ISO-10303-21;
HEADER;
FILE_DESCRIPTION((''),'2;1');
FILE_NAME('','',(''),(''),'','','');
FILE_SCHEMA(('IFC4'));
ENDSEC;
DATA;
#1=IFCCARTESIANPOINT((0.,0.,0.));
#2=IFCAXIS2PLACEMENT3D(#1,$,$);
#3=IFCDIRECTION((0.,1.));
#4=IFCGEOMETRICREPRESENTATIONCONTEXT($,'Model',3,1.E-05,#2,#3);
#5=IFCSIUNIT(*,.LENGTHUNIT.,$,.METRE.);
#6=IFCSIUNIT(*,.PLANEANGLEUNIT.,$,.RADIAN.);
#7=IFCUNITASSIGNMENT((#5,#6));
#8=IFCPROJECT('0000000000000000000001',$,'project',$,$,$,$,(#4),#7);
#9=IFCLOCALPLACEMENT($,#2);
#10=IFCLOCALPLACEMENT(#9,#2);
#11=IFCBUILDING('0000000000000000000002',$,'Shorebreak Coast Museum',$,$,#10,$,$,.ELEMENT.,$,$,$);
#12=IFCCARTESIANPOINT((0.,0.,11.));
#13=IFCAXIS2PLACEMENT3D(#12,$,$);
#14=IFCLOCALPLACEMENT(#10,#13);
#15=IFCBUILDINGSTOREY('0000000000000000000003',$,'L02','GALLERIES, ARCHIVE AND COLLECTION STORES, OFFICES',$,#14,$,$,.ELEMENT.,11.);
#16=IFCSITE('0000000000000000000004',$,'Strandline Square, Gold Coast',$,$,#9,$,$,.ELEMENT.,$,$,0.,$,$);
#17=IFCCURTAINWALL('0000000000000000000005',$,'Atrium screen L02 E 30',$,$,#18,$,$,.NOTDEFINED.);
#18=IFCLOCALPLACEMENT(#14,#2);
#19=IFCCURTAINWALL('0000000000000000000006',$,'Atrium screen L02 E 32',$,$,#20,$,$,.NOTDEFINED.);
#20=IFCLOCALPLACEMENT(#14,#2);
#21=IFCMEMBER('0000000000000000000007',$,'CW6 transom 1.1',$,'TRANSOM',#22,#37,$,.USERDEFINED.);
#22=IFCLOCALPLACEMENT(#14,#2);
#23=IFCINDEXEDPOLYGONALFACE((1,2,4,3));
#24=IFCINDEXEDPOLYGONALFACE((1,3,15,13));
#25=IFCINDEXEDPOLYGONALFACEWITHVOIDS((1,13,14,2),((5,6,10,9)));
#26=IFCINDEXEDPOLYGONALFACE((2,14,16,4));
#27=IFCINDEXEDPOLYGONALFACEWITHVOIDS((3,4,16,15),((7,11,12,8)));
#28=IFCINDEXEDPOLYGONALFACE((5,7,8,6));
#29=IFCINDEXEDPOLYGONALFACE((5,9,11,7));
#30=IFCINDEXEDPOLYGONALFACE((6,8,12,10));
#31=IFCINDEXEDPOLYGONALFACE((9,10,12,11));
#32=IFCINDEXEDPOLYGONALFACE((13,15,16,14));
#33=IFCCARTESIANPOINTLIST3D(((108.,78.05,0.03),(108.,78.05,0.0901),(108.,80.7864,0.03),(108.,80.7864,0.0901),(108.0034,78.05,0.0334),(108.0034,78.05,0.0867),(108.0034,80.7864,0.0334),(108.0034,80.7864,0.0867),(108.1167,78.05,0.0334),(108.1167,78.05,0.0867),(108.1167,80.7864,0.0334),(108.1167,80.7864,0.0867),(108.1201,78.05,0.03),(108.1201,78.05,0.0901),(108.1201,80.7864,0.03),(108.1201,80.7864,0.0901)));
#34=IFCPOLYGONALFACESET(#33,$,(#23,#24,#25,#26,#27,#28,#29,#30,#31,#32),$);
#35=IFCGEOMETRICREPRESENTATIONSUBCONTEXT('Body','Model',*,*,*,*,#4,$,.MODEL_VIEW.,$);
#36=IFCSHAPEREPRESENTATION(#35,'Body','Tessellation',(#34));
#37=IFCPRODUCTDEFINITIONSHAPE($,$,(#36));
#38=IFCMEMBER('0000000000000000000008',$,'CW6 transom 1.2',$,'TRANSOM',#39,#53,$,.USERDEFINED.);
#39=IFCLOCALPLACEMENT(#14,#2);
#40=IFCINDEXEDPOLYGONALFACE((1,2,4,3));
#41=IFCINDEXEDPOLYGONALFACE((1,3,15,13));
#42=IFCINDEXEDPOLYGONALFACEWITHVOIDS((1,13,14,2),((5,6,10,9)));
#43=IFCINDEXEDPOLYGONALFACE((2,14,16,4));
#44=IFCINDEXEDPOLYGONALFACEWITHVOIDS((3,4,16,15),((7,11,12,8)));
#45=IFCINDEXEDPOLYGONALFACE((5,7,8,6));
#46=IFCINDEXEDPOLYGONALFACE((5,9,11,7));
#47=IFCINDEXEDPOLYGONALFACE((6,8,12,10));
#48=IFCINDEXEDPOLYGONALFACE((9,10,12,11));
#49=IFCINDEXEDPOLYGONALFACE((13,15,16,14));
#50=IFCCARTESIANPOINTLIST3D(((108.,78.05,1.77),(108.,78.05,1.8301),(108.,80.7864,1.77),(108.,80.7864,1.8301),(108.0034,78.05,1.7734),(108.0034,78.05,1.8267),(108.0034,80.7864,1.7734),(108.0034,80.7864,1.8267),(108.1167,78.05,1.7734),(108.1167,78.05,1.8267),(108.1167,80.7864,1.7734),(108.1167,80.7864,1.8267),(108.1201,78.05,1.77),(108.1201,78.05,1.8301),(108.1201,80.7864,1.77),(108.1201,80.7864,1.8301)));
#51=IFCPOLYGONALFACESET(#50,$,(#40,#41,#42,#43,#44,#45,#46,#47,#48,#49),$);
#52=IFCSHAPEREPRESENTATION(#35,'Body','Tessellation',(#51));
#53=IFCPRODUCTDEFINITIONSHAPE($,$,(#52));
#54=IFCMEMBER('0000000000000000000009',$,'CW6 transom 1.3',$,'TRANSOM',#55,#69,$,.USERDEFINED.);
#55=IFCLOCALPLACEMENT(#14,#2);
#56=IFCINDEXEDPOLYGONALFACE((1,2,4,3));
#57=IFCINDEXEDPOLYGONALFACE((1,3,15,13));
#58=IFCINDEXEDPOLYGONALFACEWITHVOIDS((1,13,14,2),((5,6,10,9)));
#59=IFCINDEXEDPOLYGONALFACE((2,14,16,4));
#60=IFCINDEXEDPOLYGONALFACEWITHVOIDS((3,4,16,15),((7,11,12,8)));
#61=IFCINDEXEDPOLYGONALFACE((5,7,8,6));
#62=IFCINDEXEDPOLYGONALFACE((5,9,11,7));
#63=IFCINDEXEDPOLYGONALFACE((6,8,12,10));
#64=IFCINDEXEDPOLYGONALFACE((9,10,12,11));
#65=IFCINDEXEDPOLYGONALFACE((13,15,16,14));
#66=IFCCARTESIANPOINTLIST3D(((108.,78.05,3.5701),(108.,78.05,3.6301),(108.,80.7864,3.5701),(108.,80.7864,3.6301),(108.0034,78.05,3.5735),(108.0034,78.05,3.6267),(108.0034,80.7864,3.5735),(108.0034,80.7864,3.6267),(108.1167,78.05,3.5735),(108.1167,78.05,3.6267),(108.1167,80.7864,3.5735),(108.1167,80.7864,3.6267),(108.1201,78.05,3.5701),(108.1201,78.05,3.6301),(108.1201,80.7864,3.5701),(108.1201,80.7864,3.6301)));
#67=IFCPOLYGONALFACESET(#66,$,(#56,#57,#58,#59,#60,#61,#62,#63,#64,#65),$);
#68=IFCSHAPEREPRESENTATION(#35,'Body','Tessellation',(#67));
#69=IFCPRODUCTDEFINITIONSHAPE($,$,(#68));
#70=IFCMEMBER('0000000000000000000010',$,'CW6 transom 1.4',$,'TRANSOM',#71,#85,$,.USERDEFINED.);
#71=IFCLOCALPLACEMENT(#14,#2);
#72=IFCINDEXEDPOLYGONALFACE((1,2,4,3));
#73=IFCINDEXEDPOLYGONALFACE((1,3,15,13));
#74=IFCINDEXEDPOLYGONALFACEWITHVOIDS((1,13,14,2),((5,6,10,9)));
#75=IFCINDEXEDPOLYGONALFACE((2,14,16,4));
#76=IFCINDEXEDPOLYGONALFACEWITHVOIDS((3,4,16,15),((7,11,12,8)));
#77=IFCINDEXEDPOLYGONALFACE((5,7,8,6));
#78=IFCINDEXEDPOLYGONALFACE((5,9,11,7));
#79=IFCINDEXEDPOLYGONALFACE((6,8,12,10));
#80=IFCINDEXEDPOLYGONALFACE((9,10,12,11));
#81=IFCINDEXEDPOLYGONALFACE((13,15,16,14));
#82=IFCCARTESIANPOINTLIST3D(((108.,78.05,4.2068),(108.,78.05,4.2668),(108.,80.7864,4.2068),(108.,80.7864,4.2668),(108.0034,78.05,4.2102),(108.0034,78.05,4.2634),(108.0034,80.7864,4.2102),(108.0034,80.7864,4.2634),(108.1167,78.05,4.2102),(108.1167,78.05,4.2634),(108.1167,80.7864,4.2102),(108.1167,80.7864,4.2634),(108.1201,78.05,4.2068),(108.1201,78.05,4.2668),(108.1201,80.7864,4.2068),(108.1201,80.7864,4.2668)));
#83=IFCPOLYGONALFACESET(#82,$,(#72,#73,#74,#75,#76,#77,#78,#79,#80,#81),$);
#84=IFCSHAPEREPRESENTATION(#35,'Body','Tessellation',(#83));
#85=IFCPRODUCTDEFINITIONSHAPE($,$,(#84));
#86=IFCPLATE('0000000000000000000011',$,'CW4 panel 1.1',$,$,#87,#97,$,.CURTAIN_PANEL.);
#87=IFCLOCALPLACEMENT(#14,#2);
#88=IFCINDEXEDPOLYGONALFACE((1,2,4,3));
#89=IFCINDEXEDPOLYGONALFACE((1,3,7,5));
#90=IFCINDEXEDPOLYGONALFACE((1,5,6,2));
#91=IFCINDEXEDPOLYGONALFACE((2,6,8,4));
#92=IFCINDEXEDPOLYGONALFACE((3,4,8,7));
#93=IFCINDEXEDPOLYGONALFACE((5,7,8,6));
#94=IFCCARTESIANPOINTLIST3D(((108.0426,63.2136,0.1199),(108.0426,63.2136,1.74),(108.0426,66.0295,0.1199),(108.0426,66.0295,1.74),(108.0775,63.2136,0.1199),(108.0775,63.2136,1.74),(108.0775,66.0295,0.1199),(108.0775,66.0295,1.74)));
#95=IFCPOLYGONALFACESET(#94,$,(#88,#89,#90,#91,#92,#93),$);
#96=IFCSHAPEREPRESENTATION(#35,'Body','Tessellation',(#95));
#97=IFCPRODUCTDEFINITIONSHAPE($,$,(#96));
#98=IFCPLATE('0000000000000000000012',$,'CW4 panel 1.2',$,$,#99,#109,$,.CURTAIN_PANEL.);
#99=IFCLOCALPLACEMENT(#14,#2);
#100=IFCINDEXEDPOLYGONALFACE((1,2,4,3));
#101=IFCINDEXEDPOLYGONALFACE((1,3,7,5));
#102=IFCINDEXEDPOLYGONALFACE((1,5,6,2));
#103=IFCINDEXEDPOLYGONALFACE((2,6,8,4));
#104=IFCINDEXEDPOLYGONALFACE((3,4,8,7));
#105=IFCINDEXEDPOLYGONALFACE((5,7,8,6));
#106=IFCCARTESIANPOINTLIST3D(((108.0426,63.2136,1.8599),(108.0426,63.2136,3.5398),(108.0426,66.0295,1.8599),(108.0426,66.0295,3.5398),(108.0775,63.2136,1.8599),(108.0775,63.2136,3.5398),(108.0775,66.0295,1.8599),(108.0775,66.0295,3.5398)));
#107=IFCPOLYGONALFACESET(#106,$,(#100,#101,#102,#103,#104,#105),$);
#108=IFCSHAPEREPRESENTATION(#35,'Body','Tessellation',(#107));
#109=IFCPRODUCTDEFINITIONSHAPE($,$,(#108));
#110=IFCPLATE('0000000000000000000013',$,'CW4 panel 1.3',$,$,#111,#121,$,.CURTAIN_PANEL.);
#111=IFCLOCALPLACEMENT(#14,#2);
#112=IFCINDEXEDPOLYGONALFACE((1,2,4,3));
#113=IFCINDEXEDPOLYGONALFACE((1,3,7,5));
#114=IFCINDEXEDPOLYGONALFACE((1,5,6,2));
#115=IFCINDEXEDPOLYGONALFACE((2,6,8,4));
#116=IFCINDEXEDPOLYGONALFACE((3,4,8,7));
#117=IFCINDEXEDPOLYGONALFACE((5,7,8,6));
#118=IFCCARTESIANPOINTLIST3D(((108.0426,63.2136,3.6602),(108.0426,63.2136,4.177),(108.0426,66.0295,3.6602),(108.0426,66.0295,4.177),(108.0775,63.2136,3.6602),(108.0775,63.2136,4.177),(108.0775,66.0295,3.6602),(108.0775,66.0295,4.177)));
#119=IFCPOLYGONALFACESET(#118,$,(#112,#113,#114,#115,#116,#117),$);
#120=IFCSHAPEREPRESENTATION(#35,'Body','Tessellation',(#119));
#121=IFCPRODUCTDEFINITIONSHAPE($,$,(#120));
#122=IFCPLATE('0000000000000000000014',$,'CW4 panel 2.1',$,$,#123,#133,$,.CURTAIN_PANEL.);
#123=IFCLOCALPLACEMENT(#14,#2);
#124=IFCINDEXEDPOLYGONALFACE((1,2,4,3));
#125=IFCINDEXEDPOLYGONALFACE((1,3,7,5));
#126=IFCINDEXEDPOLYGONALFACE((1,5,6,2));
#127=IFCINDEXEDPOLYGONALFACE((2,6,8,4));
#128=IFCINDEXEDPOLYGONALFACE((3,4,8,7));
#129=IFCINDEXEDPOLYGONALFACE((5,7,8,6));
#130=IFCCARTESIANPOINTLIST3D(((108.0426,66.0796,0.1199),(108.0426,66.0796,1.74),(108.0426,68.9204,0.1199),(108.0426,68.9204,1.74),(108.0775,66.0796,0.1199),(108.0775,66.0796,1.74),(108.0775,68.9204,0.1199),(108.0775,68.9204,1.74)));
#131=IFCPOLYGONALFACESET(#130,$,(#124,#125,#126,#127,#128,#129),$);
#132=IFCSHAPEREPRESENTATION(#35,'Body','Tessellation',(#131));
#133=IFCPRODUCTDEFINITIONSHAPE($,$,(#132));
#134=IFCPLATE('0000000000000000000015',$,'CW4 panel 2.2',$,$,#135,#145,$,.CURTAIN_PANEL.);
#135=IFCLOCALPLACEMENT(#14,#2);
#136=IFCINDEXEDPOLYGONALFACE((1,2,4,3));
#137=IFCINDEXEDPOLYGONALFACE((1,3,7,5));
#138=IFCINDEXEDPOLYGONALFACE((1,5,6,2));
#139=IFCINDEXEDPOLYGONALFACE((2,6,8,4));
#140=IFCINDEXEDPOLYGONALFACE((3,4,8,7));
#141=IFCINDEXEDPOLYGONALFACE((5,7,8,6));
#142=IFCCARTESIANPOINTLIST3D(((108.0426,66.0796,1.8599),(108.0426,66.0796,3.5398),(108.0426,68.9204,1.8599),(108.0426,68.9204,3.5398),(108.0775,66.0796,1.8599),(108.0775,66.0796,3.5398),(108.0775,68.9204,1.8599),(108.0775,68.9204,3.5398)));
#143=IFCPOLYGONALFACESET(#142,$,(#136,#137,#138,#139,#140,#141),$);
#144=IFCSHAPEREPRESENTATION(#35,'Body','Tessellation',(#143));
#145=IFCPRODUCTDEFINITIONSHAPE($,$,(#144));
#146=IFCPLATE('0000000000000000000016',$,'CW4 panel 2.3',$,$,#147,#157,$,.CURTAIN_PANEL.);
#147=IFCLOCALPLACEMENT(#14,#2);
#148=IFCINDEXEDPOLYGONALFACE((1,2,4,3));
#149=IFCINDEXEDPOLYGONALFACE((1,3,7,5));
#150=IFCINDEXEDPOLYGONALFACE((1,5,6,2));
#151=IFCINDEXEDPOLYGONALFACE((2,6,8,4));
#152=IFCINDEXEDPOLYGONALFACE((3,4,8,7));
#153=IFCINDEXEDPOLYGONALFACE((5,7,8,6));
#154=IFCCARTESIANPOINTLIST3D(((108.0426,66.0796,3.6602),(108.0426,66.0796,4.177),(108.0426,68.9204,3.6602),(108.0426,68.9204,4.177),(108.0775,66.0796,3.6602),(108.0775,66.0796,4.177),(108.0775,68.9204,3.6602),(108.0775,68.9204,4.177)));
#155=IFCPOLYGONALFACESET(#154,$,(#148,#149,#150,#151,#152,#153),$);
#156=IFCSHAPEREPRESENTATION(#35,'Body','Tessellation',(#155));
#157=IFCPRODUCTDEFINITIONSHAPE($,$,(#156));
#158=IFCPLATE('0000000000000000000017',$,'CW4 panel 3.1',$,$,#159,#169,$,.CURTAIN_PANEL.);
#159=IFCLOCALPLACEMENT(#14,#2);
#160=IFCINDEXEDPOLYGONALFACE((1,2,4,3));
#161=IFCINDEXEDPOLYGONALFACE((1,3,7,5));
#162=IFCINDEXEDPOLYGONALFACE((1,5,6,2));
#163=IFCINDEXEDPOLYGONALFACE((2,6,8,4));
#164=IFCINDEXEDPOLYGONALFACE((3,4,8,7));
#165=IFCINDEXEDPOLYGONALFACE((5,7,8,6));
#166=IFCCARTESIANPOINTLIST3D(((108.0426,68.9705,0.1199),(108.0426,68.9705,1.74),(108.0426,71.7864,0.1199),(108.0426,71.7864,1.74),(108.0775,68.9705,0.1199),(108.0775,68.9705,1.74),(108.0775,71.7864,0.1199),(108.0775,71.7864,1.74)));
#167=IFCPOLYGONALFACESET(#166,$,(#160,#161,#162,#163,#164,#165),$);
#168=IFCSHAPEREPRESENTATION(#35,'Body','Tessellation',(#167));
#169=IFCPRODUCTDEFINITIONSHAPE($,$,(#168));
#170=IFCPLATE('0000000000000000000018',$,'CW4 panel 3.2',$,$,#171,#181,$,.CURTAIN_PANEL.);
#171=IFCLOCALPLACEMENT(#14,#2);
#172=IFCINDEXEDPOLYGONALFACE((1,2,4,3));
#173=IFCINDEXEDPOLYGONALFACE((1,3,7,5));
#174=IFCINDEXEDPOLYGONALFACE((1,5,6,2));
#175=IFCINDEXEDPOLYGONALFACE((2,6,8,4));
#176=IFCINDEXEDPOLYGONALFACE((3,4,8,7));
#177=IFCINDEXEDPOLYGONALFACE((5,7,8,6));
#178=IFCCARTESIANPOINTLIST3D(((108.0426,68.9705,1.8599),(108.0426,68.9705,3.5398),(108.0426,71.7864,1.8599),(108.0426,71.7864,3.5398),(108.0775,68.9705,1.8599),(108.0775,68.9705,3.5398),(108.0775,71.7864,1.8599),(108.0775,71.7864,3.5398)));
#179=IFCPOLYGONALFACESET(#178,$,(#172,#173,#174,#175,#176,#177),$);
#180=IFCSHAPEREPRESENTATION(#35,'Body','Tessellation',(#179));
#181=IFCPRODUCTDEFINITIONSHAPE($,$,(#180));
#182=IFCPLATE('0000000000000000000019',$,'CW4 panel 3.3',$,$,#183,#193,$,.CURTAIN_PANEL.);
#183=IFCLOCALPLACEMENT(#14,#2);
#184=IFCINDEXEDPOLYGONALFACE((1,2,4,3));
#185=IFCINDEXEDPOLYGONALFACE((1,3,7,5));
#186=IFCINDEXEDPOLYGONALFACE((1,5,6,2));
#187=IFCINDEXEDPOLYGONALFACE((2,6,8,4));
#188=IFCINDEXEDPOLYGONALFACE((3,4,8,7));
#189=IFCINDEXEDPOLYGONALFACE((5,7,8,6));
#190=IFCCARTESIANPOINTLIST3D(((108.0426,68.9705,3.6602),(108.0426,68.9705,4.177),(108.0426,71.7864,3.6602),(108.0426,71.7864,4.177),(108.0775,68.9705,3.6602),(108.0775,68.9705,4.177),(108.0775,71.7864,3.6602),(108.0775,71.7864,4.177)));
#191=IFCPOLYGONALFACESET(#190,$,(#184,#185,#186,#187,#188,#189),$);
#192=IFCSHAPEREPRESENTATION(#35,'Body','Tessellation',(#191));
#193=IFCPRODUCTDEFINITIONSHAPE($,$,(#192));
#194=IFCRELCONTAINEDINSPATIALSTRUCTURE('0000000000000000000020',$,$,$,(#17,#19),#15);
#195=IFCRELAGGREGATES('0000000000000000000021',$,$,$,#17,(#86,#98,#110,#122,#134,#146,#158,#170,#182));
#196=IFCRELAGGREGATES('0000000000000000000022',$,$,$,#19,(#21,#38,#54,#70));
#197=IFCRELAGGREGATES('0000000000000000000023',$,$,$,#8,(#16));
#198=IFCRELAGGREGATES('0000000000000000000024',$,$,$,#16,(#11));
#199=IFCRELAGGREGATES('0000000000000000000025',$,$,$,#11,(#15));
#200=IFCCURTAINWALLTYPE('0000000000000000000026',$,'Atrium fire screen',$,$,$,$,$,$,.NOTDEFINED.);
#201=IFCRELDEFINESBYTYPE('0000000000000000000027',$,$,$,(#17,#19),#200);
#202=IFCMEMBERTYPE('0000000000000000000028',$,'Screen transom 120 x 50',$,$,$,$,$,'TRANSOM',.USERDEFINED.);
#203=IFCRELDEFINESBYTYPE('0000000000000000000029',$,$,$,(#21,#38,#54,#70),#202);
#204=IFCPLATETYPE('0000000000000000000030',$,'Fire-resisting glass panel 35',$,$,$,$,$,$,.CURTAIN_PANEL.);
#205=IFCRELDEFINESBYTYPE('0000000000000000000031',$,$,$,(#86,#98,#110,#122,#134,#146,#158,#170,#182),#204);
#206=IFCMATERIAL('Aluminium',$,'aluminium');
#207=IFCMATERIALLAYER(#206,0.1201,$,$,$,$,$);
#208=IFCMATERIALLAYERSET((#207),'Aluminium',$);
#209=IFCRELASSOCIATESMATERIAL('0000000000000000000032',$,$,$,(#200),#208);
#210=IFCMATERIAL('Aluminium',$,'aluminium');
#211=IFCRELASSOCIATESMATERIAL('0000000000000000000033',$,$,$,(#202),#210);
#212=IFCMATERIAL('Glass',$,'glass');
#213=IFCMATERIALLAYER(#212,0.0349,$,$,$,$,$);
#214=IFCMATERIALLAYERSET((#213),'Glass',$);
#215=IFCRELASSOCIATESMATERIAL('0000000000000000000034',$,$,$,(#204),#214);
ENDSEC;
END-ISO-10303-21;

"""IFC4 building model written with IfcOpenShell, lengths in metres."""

from ifc_helpers import new_model, si_unit, direction, frame, origin, origin_2d, place, context, subcontext, project, spatial, rectangle, hollow_rectangle, extrude, material, layer, layer_set, material_profile, profile_set, type_object, element, aggregate, save


model = new_model("IFC4")

# Units and contexts
model_context = context("Model", 3, precision=1e-05, world=origin(), true_north=direction((0.0, 1.0)))
body_context = subcontext(model_context, "Body", "Model", "MODEL_VIEW")
ifc_project = project(units=[si_unit("LENGTHUNIT", "METRE"), si_unit("PLANEANGLEUNIT", "RADIAN")], contexts=[model_context])

# Site, building, storey
site_placement = place(None, origin())
site = spatial("IfcSite", under=ifc_project, at=site_placement, Name="Strandline Square, Gold Coast", CompositionType="ELEMENT", RefElevation=0.0)
building_placement = place(site_placement, origin())
building = spatial("IfcBuilding", under=site, at=building_placement, Name="Shorebreak Coast Museum", CompositionType="ELEMENT")
storey_placement = place(building_placement, frame((0.0, 0.0, 11.0)))
storey = spatial("IfcBuildingStorey", under=building, at=storey_placement, Name="L02", Description="GALLERIES, ARCHIVE AND COLLECTION STORES, OFFICES", CompositionType="ELEMENT", Elevation=11.0)

# Curtain wall
ifc_material_1 = material(Name="Aluminium", Category="aluminium")
ifc_layer_1 = layer(ifc_material_1, 0.1201)
ifc_layer_set_1 = layer_set([ifc_layer_1], Name="Aluminium")
curtain_wall_type = type_object("IfcCurtainWallType", Name="Atrium fire screen", PredefinedType="NOTDEFINED", material=ifc_layer_set_1)
curtain_wall_1_placement = place(storey_placement, origin())
curtain_wall_1 = element("IfcCurtainWall", 1, at=curtain_wall_1_placement, inside=storey, type_object=curtain_wall_type, Name="Atrium screen L02 E 30", PredefinedType="NOTDEFINED")

# Curtain wall
curtain_wall_2_placement = place(storey_placement, origin())
curtain_wall_2 = element("IfcCurtainWall", 2, at=curtain_wall_2_placement, inside=storey, type_object=curtain_wall_type, Name="Atrium screen L02 E 32", PredefinedType="NOTDEFINED")

# Members
ifc_material_2 = material(Name="Aluminium", Category="aluminium")
ifc_material_profile_1 = material_profile(ifc_material_2, hollow_rectangle(XDim=0.1201, YDim=0.0601, WallThickness=0.0034, at=origin_2d()), Name="AL 60x120 RHS")
ifc_profile_set_1 = profile_set([ifc_material_profile_1], Name="Aluminium")
member_type_1 = type_object("IfcMemberType", Name="Screen transom 120 x 50", ElementType="TRANSOM", PredefinedType="USERDEFINED", material=ifc_profile_set_1)
member_1_placement = place(storey_placement, frame((108.0601, 78.05, 0.0601), z_axis=(0.0, 1.0, 0.0), x_axis=(-1.0, 0.0, 0.0)))
member_1 = element("IfcMember", 3, at=member_1_placement, type_object=member_type_1, Name="CW6 transom 1.1", ObjectType="TRANSOM", PredefinedType="USERDEFINED", context=body_context, shape_type="SweptSolid", body=[
    extrude(hollow_rectangle(XDim=0.1201, YDim=0.0601, WallThickness=0.0034, at=origin_2d()), origin(), (0.0, 0.0, 1.0), 2.7363),
])
member_2_placement = place(storey_placement, frame((108.0601, 78.05, 1.8), z_axis=(0.0, 1.0, 0.0), x_axis=(-1.0, 0.0, 0.0)))
member_2 = element("IfcMember", 4, at=member_2_placement, type_object=member_type_1, Name="CW6 transom 1.2", ObjectType="TRANSOM", PredefinedType="USERDEFINED", context=body_context, shape_type="SweptSolid", body=[
    extrude(hollow_rectangle(XDim=0.1201, YDim=0.0601, WallThickness=0.0034, at=origin_2d()), origin(), (0.0, 0.0, 1.0), 2.7363),
])
member_3_placement = place(storey_placement, frame((108.0601, 78.05, 3.6001), z_axis=(0.0, 1.0, 0.0), x_axis=(-1.0, 0.0, 0.0)))
member_3 = element("IfcMember", 5, at=member_3_placement, type_object=member_type_1, Name="CW6 transom 1.3", ObjectType="TRANSOM", PredefinedType="USERDEFINED", context=body_context, shape_type="SweptSolid", body=[
    extrude(hollow_rectangle(XDim=0.1201, YDim=0.0601, WallThickness=0.0034, at=origin_2d()), origin(), (0.0, 0.0, 1.0), 2.7363),
])
member_4_placement = place(storey_placement, frame((108.0601, 78.05, 4.2368), z_axis=(0.0, 1.0, 0.0), x_axis=(-1.0, 0.0, 0.0)))
member_4 = element("IfcMember", 6, at=member_4_placement, type_object=member_type_1, Name="CW6 transom 1.4", ObjectType="TRANSOM", PredefinedType="USERDEFINED", context=body_context, shape_type="SweptSolid", body=[
    extrude(hollow_rectangle(XDim=0.1201, YDim=0.0601, WallThickness=0.0034, at=origin_2d()), origin(), (0.0, 0.0, 1.0), 2.7363),
])

# Plates
ifc_material_3 = material(Name="Glass", Category="glass")
ifc_layer_2 = layer(ifc_material_3, 0.0349)
ifc_layer_set_2 = layer_set([ifc_layer_2], Name="Glass")
plate_type = type_object("IfcPlateType", Name="Fire-resisting glass panel 35", PredefinedType="CURTAIN_PANEL", material=ifc_layer_set_2)
plate_1_placement = place(storey_placement, frame((108.0601, 64.6216, 0.1199), z_axis=(0.0, 0.0, 1.0), x_axis=(0.0, 1.0, 0.0)))
plate_1 = element("IfcPlate", 7, at=plate_1_placement, type_object=plate_type, Name="CW4 panel 1.1", PredefinedType="CURTAIN_PANEL", context=body_context, shape_type="SweptSolid", body=[
    extrude(rectangle(XDim=2.8159, YDim=0.0349, at=origin_2d()), origin(), (0.0, 0.0, 1.0), 1.6201),
])
plate_2_placement = place(storey_placement, frame((108.0601, 64.6216, 1.8599), z_axis=(0.0, 0.0, 1.0), x_axis=(0.0, 1.0, 0.0)))
plate_2 = element("IfcPlate", 8, at=plate_2_placement, type_object=plate_type, Name="CW4 panel 1.2", PredefinedType="CURTAIN_PANEL", context=body_context, shape_type="SweptSolid", body=[
    extrude(rectangle(XDim=2.8159, YDim=0.0349, at=origin_2d()), origin(), (0.0, 0.0, 1.0), 1.6799),
])
plate_3_placement = place(storey_placement, frame((108.0601, 64.6216, 3.6602), z_axis=(0.0, 0.0, 1.0), x_axis=(0.0, 1.0, 0.0)))
plate_3 = element("IfcPlate", 9, at=plate_3_placement, type_object=plate_type, Name="CW4 panel 1.3", PredefinedType="CURTAIN_PANEL", context=body_context, shape_type="SweptSolid", body=[
    extrude(rectangle(XDim=2.8159, YDim=0.0349, at=origin_2d()), origin(), (0.0, 0.0, 1.0), 0.5168),
])
plate_4_placement = place(storey_placement, frame((108.0601, 67.5, 0.1199), z_axis=(0.0, 0.0, 1.0), x_axis=(0.0, 1.0, 0.0)))
plate_4 = element("IfcPlate", 10, at=plate_4_placement, type_object=plate_type, Name="CW4 panel 2.1", PredefinedType="CURTAIN_PANEL", context=body_context, shape_type="SweptSolid", body=[
    extrude(rectangle(XDim=2.8408, YDim=0.0349, at=origin_2d()), origin(), (0.0, 0.0, 1.0), 1.6201),
])
plate_5_placement = place(storey_placement, frame((108.0601, 67.5, 1.8599), z_axis=(0.0, 0.0, 1.0), x_axis=(0.0, 1.0, 0.0)))
plate_5 = element("IfcPlate", 11, at=plate_5_placement, type_object=plate_type, Name="CW4 panel 2.2", PredefinedType="CURTAIN_PANEL", context=body_context, shape_type="SweptSolid", body=[
    extrude(rectangle(XDim=2.8408, YDim=0.0349, at=origin_2d()), origin(), (0.0, 0.0, 1.0), 1.6799),
])
plate_6_placement = place(storey_placement, frame((108.0601, 67.5, 3.6602), z_axis=(0.0, 0.0, 1.0), x_axis=(0.0, 1.0, 0.0)))
plate_6 = element("IfcPlate", 12, at=plate_6_placement, type_object=plate_type, Name="CW4 panel 2.3", PredefinedType="CURTAIN_PANEL", context=body_context, shape_type="SweptSolid", body=[
    extrude(rectangle(XDim=2.8408, YDim=0.0349, at=origin_2d()), origin(), (0.0, 0.0, 1.0), 0.5168),
])
plate_7_placement = place(storey_placement, frame((108.0601, 70.3784, 0.1199), z_axis=(0.0, 0.0, 1.0), x_axis=(0.0, 1.0, 0.0)))
plate_7 = element("IfcPlate", 13, at=plate_7_placement, type_object=plate_type, Name="CW4 panel 3.1", PredefinedType="CURTAIN_PANEL", context=body_context, shape_type="SweptSolid", body=[
    extrude(rectangle(XDim=2.8159, YDim=0.0349, at=origin_2d()), origin(), (0.0, 0.0, 1.0), 1.6201),
])
plate_8_placement = place(storey_placement, frame((108.0601, 70.3784, 1.8599), z_axis=(0.0, 0.0, 1.0), x_axis=(0.0, 1.0, 0.0)))
plate_8 = element("IfcPlate", 14, at=plate_8_placement, type_object=plate_type, Name="CW4 panel 3.2", PredefinedType="CURTAIN_PANEL", context=body_context, shape_type="SweptSolid", body=[
    extrude(rectangle(XDim=2.8159, YDim=0.0349, at=origin_2d()), origin(), (0.0, 0.0, 1.0), 1.6799),
])
plate_9_placement = place(storey_placement, frame((108.0601, 70.3784, 3.6602), z_axis=(0.0, 0.0, 1.0), x_axis=(0.0, 1.0, 0.0)))
plate_9 = element("IfcPlate", 15, at=plate_9_placement, type_object=plate_type, Name="CW4 panel 3.3", PredefinedType="CURTAIN_PANEL", context=body_context, shape_type="SweptSolid", body=[
    extrude(rectangle(XDim=2.8159, YDim=0.0349, at=origin_2d()), origin(), (0.0, 0.0, 1.0), 0.5168),
])
aggregate(curtain_wall_1, [plate_1, plate_2, plate_3, plate_4, plate_5, plate_6, plate_7, plate_8, plate_9])
aggregate(curtain_wall_2, [member_1, member_2, member_3, member_4])

save(model, "model.ifc")
